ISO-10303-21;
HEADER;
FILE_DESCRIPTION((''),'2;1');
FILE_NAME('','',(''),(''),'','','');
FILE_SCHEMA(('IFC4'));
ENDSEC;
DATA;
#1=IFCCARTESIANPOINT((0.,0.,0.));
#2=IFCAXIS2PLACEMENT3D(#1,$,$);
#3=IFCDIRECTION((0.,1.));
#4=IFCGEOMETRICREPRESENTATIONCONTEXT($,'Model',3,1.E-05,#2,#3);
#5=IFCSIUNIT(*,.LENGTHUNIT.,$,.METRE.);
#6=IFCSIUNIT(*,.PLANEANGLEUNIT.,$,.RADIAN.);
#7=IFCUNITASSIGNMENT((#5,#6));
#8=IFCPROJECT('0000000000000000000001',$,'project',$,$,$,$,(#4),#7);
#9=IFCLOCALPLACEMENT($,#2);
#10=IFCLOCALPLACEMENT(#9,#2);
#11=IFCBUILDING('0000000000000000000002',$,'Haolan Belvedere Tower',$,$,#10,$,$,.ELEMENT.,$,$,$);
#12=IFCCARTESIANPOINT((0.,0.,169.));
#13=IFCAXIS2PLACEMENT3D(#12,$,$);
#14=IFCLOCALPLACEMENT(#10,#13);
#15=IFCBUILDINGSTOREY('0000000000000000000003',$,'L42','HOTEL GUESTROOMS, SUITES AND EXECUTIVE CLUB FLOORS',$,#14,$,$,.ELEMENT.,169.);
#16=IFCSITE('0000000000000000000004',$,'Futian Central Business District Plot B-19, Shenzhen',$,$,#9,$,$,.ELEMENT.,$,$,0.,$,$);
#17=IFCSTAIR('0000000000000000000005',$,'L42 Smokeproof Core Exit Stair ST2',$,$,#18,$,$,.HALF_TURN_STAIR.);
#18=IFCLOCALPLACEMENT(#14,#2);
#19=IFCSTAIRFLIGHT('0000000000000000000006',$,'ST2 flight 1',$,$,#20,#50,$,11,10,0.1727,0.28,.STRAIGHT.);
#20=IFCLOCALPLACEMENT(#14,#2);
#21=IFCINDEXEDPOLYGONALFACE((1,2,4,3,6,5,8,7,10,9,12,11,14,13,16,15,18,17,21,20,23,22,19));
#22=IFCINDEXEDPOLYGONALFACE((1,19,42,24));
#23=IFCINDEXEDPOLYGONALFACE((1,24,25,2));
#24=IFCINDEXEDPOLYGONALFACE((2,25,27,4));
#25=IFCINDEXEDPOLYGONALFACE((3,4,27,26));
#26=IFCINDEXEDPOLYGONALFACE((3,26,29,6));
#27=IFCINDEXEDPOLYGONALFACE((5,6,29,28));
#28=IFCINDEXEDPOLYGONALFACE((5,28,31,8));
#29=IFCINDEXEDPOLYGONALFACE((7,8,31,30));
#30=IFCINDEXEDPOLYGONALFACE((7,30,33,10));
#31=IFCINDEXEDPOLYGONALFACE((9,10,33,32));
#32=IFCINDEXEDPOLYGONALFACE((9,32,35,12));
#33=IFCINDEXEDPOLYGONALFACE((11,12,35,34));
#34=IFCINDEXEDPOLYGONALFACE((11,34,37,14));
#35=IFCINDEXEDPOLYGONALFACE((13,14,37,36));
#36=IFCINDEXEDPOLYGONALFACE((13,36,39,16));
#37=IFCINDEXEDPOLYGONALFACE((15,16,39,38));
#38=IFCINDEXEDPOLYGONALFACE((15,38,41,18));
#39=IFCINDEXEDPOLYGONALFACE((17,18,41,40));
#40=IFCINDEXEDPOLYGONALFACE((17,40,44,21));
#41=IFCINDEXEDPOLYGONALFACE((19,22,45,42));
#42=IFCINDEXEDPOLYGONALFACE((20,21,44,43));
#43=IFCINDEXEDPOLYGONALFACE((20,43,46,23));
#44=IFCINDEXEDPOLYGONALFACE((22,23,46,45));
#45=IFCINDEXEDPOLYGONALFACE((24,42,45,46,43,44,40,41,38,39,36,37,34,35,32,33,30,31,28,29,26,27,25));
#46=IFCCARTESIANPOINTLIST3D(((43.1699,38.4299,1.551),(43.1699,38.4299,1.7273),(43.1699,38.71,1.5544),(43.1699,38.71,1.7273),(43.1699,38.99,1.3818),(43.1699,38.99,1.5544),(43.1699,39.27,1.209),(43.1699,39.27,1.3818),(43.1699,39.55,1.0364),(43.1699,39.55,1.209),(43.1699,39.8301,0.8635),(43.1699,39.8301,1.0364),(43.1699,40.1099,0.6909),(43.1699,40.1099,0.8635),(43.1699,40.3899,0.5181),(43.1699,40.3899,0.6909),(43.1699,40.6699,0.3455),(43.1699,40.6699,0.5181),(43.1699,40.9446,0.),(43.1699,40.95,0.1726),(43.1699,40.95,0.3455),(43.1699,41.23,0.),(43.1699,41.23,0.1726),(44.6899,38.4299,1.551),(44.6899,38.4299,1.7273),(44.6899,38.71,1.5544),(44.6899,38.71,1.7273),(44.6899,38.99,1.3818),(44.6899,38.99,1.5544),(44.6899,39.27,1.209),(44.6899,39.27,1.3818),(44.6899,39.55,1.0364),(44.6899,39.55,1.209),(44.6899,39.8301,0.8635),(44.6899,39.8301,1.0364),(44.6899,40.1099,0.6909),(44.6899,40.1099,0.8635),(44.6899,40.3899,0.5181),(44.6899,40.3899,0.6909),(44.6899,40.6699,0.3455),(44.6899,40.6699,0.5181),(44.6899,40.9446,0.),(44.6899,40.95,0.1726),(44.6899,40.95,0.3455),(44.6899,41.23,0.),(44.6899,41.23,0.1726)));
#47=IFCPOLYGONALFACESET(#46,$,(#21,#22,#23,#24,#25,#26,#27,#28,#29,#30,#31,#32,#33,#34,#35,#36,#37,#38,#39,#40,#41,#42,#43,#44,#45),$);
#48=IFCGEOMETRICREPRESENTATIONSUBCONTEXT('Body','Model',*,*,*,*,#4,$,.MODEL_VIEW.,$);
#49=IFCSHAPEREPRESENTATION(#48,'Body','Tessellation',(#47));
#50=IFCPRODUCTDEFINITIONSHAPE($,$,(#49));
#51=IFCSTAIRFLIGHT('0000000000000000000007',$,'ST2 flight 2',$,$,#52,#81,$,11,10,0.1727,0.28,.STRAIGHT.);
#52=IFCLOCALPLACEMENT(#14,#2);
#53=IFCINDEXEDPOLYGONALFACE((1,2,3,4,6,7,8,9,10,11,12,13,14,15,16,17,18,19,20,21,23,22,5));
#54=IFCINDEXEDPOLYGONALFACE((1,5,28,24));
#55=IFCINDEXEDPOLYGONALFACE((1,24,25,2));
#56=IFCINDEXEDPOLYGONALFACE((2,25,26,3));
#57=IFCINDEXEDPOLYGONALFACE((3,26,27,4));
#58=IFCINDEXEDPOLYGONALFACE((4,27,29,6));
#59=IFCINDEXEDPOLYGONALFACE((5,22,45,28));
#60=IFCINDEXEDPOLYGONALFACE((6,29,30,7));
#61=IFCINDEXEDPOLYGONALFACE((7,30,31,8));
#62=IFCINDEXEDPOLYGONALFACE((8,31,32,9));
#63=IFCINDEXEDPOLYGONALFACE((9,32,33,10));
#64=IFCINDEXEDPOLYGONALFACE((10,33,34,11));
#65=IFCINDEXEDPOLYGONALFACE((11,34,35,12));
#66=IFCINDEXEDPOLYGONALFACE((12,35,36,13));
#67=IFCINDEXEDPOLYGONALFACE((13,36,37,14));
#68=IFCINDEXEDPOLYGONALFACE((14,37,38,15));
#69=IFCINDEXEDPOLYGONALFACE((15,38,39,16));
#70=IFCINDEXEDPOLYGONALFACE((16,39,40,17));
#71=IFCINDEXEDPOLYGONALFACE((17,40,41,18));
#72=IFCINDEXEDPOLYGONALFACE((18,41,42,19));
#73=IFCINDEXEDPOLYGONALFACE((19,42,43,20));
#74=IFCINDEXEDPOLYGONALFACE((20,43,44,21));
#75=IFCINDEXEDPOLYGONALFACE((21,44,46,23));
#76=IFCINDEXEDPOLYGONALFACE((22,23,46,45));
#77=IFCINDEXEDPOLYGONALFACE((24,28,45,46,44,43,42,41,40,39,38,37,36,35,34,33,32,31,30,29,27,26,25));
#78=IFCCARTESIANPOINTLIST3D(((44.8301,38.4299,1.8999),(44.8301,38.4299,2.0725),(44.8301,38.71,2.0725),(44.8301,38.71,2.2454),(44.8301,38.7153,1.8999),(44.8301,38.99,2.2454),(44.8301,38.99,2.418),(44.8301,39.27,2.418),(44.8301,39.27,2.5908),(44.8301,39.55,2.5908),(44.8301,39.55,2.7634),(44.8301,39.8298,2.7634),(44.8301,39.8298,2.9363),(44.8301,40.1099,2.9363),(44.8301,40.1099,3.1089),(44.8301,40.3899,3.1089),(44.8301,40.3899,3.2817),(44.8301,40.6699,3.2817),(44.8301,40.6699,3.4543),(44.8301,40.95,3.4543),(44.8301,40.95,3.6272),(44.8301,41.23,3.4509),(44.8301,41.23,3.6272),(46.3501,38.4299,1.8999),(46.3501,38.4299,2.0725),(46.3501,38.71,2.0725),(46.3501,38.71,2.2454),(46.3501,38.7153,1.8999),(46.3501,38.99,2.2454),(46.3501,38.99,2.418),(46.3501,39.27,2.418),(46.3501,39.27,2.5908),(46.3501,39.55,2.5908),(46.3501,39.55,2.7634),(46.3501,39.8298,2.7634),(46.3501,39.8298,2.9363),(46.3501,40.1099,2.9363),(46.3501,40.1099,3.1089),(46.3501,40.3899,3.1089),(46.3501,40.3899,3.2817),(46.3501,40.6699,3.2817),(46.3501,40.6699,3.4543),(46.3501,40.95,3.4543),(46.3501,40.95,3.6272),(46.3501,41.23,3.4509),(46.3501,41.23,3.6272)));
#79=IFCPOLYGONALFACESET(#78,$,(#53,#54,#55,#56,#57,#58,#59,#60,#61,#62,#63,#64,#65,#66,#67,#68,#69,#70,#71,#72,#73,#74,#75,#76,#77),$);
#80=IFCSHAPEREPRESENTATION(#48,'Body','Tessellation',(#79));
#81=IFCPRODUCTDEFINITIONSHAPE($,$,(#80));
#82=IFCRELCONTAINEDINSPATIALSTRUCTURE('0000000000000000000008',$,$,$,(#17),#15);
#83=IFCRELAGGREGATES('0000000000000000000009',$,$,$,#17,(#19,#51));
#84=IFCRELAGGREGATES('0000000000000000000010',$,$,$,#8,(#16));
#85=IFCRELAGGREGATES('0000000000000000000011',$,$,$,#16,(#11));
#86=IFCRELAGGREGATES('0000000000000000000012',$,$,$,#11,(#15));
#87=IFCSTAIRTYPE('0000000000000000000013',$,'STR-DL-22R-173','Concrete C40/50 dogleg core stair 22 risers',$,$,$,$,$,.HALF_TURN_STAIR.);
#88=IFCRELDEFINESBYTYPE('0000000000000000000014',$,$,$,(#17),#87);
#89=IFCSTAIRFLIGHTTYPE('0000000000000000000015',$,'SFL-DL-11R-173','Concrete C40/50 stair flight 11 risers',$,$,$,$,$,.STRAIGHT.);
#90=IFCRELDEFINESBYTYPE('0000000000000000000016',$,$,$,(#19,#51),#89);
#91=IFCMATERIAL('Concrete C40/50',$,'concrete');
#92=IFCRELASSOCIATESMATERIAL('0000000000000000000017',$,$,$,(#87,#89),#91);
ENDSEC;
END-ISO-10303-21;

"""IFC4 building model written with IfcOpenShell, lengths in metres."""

from ifc_helpers import new_model, si_unit, direction, frame, origin, place, context, subcontext, project, spatial, polyline, outline, extrude, material, type_object, element, aggregate, save


model = new_model("IFC4")

# Units and contexts
model_context = context("Model", 3, precision=1e-05, world=origin(), true_north=direction((0.0, 1.0)))
body_context = subcontext(model_context, "Body", "Model", "MODEL_VIEW")
ifc_project = project(units=[si_unit("LENGTHUNIT", "METRE"), si_unit("PLANEANGLEUNIT", "RADIAN")], contexts=[model_context])

# Site, building, storey
site_placement = place(None, origin())
site = spatial("IfcSite", under=ifc_project, at=site_placement, Name="Futian Central Business District Plot B-19, Shenzhen", CompositionType="ELEMENT", RefElevation=0.0)
building_placement = place(site_placement, origin())
building = spatial("IfcBuilding", under=site, at=building_placement, Name="Haolan Belvedere Tower", CompositionType="ELEMENT")
storey_placement = place(building_placement, frame((0.0, 0.0, 169.0)))
storey = spatial("IfcBuildingStorey", under=building, at=storey_placement, Name="L42", Description="HOTEL GUESTROOMS, SUITES AND EXECUTIVE CLUB FLOORS", CompositionType="ELEMENT", Elevation=169.0)

# Shared definitions
ifc_material_1 = material(Name="Concrete C40/50", Category="concrete")

# Shared definitions
stair_type = type_object("IfcStairType", Name="STR-DL-22R-173", Description="Concrete C40/50 dogleg core stair 22 risers", PredefinedType="HALF_TURN_STAIR", material=ifc_material_1)
stair_flight_type = type_object("IfcStairFlightType", Name="SFL-DL-11R-173", Description="Concrete C40/50 stair flight 11 risers", PredefinedType="STRAIGHT", material=ifc_material_1)

# Stair, stair flights
stair_1_placement = place(storey_placement, origin())
stair_1 = element("IfcStair", 1, at=stair_1_placement, inside=storey, type_object=stair_type, Name="L42 Smokeproof Core Exit Stair ST2", PredefinedType="HALF_TURN_STAIR")
stair_flight_1_placement = place(storey_placement, frame((43.9299, 41.23, 0.0), z_axis=(0.0, 0.0, 1.0), x_axis=(0.0, -1.0, 0.0)))
stair_flight_1 = element("IfcStairFlight", 2, at=stair_flight_1_placement, type_object=stair_flight_type, Name="ST2 flight 1", NumberOfRisers=11, NumberOfTreads=10, PredefinedType="STRAIGHT", RiserHeight=0.1727, TreadLength=0.28, context=body_context, shape_type="SweptSolid", body=[
    extrude(outline(polyline([(0.0, 0.0), (0.0, 0.1726), (0.28, 0.1726), (0.28, 0.3455), (0.5601, 0.3455), (0.5601, 0.5181), (0.8401, 0.5181), (0.8401, 0.6909), (1.1201, 0.6909), (1.1201, 0.8635), (1.3999, 0.8635), (1.3999, 1.0364), (1.6799, 1.0364), (1.6799, 1.209), (1.96, 1.209), (1.96, 1.3818), (2.24, 1.3818), (2.24, 1.5544), (2.52, 1.5544), (2.52, 1.7273), (2.8, 1.7273), (2.8, 1.8999), (2.8, 1.551), (0.2854, 0.0), (0.0, 0.0)])), frame((0.0, 0.76, 0.0), z_axis=(0.0, -1.0, 0.0), x_axis=(1.0, 0.0, 0.0)), (0.0, 0.0, 1.0), 1.52),
])
stair_flight_2_placement = place(storey_placement, frame((45.5901, 38.4299, 1.8999), z_axis=(0.0, 0.0, 1.0), x_axis=(0.0, 1.0, 0.0)))
stair_flight_2 = element("IfcStairFlight", 3, at=stair_flight_2_placement, type_object=stair_flight_type, Name="ST2 flight 2", NumberOfRisers=11, NumberOfTreads=10, PredefinedType="STRAIGHT", RiserHeight=0.1727, TreadLength=0.28, context=body_context, shape_type="SweptSolid", body=[
    extrude(outline(polyline([(0.0, 0.0), (0.0, 0.1726), (0.28, 0.1726), (0.28, 0.3455), (0.5601, 0.3455), (0.5601, 0.5181), (0.8401, 0.5181), (0.8401, 0.6909), (1.1201, 0.6909), (1.1201, 0.8635), (1.3999, 0.8635), (1.3999, 1.0364), (1.6799, 1.0364), (1.6799, 1.209), (1.96, 1.209), (1.96, 1.3818), (2.24, 1.3818), (2.24, 1.5544), (2.52, 1.5544), (2.52, 1.7273), (2.8, 1.7273), (2.8, 1.8999), (2.8, 1.551), (0.2854, 0.0), (0.0, 0.0)])), frame((0.0, 0.76, 0.0), z_axis=(0.0, -1.0, 0.0), x_axis=(1.0, 0.0, 0.0)), (0.0, 0.0, 1.0), 1.52),
])
aggregate(stair_1, [stair_flight_1, stair_flight_2])

save(model, "model.ifc")
